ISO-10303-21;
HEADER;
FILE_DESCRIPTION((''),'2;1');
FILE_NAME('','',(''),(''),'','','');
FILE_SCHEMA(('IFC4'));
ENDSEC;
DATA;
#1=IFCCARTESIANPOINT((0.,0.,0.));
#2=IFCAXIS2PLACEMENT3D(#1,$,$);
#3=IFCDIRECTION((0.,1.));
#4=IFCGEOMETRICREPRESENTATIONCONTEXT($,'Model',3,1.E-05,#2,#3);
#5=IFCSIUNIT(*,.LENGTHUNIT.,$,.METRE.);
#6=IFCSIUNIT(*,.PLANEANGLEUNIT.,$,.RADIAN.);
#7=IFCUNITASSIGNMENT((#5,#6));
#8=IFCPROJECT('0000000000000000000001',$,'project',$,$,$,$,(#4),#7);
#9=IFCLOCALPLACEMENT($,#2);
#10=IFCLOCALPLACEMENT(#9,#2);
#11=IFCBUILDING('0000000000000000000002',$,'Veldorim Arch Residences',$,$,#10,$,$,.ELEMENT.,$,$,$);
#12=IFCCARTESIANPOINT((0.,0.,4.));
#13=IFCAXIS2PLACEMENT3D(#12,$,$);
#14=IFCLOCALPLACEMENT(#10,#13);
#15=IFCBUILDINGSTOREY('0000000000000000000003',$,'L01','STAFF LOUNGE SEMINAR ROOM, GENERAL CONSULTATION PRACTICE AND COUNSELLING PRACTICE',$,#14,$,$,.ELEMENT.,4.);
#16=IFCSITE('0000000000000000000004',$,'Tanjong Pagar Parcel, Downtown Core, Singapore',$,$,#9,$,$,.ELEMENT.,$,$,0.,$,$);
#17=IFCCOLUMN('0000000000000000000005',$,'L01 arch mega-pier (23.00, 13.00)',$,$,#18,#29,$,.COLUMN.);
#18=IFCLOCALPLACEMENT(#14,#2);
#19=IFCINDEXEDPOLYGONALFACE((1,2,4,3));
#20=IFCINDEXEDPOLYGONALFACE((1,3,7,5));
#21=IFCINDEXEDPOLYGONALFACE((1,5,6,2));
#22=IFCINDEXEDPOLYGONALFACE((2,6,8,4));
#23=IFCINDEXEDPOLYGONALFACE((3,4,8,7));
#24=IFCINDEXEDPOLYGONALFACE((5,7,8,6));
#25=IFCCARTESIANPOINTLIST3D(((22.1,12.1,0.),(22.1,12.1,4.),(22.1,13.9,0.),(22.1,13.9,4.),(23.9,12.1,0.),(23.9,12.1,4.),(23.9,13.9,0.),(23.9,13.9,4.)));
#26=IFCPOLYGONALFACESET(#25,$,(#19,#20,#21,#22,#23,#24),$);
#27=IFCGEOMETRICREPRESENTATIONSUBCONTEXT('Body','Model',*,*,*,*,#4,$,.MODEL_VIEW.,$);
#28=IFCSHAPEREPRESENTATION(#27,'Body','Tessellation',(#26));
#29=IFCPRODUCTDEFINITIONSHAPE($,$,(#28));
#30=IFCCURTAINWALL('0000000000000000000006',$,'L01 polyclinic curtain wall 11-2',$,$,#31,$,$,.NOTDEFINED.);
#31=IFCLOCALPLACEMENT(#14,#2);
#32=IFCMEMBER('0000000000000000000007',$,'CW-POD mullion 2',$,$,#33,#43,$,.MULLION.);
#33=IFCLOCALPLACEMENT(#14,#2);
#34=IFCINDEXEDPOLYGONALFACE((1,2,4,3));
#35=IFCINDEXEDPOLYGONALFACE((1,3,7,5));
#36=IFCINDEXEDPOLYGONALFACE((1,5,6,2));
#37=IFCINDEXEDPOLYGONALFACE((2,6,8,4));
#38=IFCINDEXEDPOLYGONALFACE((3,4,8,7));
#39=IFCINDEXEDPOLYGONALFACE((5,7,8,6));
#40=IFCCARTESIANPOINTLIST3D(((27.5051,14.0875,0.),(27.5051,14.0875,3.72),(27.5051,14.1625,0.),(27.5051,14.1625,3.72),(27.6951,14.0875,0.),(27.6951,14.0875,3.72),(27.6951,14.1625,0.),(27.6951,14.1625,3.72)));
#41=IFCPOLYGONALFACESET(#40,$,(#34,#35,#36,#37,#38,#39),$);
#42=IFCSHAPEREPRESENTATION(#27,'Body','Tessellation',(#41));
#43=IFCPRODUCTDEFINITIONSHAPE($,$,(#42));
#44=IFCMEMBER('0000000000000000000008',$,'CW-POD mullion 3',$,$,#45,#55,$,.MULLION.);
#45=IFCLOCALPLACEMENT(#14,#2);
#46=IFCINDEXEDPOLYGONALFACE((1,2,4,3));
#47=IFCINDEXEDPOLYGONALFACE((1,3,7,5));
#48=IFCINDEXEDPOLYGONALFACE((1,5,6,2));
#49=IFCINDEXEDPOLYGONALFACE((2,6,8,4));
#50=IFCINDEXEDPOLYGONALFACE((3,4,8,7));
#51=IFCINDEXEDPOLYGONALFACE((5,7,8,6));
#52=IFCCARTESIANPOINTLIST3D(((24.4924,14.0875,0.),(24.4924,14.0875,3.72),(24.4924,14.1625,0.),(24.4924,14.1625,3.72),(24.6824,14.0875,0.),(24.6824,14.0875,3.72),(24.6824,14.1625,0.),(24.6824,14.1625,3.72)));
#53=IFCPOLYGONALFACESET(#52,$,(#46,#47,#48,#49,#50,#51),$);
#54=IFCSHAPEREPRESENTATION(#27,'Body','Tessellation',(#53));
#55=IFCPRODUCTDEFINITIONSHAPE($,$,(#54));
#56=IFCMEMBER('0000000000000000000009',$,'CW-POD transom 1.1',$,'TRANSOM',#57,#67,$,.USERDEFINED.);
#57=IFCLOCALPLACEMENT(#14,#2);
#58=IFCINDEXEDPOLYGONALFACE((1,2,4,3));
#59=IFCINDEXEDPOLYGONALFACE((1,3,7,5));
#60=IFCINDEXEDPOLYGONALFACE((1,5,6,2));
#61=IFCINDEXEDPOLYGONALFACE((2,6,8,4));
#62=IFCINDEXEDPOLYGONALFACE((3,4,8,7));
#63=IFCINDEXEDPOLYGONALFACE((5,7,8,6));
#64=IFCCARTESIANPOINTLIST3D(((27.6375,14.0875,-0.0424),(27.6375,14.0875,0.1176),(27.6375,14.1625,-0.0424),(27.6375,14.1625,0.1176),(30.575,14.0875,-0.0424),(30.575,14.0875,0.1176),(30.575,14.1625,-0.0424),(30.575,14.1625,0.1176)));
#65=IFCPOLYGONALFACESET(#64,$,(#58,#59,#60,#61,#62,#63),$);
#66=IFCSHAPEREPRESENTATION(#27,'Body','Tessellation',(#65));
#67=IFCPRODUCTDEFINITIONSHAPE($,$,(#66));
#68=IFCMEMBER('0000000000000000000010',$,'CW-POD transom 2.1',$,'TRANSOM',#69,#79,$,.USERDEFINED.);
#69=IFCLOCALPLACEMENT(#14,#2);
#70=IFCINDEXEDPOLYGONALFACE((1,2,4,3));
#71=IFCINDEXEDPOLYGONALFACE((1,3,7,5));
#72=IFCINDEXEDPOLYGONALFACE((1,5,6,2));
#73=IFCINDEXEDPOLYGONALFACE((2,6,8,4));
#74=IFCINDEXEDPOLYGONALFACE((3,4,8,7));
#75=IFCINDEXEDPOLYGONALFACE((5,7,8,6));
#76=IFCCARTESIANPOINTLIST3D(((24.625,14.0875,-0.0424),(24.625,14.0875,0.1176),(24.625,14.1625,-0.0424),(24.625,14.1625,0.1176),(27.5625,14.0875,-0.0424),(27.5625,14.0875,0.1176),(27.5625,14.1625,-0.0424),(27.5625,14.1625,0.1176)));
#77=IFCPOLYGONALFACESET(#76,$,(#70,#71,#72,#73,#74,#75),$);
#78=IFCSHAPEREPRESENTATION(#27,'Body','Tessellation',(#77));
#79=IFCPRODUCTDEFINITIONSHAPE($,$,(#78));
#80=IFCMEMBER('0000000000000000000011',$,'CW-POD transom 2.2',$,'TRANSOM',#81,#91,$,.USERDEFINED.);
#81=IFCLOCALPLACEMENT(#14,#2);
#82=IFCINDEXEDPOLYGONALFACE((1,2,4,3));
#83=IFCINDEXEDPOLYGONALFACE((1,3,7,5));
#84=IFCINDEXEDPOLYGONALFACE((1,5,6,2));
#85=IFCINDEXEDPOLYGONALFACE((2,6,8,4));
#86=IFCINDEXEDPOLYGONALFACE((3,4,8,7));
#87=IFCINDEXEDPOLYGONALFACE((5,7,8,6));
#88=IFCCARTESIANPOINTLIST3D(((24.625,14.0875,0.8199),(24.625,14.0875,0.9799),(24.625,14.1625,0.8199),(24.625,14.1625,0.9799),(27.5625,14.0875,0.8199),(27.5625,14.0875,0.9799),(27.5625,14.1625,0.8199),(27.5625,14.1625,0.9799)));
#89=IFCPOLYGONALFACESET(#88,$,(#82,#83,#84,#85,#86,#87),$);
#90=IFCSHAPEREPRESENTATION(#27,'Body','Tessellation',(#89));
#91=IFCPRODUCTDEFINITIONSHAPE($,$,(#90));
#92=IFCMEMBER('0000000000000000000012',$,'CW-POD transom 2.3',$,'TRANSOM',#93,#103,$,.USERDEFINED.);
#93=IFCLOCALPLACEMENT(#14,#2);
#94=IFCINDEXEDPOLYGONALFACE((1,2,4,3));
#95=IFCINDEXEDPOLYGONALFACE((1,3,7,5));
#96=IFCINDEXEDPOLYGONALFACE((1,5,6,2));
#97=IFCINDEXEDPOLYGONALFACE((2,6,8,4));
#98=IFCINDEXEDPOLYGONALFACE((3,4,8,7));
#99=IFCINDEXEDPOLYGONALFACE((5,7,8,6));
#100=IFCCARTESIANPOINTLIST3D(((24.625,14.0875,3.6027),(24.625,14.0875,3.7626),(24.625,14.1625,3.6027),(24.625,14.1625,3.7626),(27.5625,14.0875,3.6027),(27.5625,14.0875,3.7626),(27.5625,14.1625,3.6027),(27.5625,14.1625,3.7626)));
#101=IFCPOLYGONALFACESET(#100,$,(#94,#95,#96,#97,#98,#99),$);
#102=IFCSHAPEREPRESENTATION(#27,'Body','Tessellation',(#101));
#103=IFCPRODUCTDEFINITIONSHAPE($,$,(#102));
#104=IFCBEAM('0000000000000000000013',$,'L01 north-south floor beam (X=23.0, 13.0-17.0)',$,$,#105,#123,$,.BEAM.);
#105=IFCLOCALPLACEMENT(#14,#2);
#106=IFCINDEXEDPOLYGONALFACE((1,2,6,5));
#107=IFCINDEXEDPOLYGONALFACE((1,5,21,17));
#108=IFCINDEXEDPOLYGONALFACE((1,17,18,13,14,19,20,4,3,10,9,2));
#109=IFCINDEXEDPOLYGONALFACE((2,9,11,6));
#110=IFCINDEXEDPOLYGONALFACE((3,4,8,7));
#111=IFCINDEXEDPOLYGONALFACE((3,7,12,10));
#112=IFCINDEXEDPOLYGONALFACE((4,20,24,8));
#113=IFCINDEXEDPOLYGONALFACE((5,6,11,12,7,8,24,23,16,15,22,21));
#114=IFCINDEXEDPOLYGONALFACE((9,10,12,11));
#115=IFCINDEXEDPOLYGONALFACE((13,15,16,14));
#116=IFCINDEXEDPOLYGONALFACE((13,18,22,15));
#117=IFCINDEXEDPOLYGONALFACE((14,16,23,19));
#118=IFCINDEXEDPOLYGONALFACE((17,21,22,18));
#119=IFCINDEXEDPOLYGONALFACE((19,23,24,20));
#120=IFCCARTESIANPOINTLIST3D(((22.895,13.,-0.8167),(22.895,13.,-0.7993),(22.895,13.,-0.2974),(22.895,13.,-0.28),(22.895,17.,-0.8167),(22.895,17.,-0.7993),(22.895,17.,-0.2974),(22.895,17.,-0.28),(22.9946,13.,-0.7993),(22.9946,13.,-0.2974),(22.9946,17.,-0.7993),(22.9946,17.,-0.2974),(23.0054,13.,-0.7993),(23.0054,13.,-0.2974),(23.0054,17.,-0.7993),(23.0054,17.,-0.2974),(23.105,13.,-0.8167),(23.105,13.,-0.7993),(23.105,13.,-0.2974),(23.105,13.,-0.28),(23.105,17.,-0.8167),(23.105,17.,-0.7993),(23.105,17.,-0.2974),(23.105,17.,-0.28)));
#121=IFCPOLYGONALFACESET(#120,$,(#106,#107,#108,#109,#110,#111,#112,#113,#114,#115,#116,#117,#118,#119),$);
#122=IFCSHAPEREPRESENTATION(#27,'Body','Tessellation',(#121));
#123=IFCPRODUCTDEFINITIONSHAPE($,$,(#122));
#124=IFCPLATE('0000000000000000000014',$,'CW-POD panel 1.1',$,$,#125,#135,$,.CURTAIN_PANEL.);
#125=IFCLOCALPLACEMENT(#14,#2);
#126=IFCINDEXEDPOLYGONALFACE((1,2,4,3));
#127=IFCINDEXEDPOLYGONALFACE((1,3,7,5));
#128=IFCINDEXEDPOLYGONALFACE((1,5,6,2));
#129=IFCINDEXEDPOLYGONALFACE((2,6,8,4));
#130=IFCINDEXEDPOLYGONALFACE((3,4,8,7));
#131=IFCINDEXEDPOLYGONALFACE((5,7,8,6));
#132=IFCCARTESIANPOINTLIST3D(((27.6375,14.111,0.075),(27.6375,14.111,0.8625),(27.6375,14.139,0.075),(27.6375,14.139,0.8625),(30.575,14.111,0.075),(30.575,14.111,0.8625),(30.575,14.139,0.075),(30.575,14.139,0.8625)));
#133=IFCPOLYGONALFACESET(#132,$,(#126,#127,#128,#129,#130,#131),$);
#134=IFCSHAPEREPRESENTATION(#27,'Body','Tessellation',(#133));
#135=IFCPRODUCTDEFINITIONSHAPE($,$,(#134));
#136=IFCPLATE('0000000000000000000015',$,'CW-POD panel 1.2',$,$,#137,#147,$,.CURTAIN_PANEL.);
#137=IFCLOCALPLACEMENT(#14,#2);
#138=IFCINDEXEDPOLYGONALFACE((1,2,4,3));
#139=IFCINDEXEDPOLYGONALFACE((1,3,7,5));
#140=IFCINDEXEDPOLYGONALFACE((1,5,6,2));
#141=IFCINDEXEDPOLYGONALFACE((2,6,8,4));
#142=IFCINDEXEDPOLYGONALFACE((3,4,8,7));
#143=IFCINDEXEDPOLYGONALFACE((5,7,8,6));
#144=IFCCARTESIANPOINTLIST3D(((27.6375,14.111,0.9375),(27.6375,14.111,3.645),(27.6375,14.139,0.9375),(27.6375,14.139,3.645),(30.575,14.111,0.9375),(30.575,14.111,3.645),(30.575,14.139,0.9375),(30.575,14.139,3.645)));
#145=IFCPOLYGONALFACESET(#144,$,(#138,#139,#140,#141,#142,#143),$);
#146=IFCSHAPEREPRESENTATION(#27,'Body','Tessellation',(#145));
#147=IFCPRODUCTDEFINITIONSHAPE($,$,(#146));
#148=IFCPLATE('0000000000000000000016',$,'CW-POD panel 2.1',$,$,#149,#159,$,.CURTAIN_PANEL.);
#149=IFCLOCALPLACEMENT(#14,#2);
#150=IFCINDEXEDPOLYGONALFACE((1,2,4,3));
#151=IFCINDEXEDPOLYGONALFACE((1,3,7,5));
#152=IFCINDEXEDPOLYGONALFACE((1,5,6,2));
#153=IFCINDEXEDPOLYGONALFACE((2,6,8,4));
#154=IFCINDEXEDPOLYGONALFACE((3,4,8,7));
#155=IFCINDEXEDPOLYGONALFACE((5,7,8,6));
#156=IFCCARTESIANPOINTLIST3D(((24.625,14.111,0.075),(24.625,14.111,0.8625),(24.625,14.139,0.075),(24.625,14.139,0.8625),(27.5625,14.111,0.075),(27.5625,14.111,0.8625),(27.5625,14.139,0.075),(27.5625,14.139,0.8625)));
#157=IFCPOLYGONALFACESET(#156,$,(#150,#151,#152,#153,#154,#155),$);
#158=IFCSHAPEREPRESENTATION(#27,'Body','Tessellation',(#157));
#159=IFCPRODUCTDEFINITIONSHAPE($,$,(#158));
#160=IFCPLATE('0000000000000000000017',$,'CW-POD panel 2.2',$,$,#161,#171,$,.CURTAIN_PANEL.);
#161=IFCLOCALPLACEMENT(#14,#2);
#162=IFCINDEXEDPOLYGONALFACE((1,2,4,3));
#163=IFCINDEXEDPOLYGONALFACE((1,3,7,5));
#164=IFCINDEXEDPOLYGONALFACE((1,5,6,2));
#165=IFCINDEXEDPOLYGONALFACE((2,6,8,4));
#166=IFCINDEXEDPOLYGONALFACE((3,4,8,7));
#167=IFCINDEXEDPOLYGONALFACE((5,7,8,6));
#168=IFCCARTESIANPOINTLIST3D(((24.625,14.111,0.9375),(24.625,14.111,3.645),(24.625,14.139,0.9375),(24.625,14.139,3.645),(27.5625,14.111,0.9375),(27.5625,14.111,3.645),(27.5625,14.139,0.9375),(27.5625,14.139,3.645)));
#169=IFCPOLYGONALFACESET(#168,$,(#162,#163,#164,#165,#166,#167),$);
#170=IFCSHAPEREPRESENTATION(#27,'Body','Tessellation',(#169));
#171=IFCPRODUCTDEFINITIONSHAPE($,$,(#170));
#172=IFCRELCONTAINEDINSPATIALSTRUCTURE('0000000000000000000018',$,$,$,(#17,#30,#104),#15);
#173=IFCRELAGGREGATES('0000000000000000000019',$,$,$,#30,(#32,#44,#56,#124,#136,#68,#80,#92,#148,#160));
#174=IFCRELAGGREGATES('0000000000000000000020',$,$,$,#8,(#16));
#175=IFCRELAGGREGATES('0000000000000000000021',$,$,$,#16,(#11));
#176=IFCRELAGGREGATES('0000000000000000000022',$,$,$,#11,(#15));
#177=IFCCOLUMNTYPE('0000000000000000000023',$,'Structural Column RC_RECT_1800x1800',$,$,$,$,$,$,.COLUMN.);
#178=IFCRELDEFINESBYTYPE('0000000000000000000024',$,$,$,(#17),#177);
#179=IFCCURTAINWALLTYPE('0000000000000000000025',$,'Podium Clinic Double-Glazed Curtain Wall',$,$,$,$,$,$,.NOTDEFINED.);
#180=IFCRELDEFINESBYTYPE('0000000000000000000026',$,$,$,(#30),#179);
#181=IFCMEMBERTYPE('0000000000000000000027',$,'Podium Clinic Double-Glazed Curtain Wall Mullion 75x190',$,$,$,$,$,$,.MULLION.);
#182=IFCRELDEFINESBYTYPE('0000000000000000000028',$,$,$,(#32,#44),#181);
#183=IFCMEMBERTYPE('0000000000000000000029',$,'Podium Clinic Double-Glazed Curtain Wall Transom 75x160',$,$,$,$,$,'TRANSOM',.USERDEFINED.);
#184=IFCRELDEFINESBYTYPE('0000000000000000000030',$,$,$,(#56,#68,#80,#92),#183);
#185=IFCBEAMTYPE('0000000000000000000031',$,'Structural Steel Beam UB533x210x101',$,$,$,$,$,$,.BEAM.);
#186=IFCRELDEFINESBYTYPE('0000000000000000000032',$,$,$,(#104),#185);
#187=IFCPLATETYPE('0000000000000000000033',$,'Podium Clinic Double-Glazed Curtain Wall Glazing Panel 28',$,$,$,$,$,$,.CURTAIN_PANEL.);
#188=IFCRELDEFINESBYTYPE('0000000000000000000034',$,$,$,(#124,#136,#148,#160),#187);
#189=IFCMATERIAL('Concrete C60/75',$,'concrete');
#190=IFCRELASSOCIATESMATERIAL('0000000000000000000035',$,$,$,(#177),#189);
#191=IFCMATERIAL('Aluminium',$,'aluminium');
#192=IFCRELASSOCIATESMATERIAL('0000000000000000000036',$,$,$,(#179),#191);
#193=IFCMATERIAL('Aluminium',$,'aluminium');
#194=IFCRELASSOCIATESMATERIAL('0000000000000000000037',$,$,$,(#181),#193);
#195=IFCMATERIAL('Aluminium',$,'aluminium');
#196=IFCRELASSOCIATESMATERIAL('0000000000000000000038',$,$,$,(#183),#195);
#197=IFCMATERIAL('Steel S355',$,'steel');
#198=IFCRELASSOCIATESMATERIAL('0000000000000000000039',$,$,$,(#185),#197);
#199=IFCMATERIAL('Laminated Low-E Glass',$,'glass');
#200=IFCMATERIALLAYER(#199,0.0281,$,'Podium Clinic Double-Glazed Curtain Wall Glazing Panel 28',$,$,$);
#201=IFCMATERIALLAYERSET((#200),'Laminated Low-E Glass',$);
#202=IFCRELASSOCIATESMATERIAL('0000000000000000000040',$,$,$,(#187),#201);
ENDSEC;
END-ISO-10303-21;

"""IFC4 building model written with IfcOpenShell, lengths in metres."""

from ifc_helpers import new_model, si_unit, direction, frame, origin, origin_2d, place, context, subcontext, project, spatial, rectangle, i_section, extrude, material, layer, layer_set, material_profile, profile_set, type_object, element, aggregate, save


model = new_model("IFC4")

# Units and contexts
model_context = context("Model", 3, precision=1e-05, world=origin(), true_north=direction((0.0, 1.0)))
body_context = subcontext(model_context, "Body", "Model", "MODEL_VIEW")
ifc_project = project(units=[si_unit("LENGTHUNIT", "METRE"), si_unit("PLANEANGLEUNIT", "RADIAN")], contexts=[model_context])

# Site, building, storey
site_placement = place(None, origin())
site = spatial("IfcSite", under=ifc_project, at=site_placement, Name="Tanjong Pagar Parcel, Downtown Core, Singapore", CompositionType="ELEMENT", RefElevation=0.0)
building_placement = place(site_placement, origin())
building = spatial("IfcBuilding", under=site, at=building_placement, Name="Veldorim Arch Residences", CompositionType="ELEMENT")
storey_placement = place(building_placement, frame((0.0, 0.0, 4.0)))
storey = spatial("IfcBuildingStorey", under=building, at=storey_placement, Name="L01", Description="STAFF LOUNGE SEMINAR ROOM, GENERAL CONSULTATION PRACTICE AND COUNSELLING PRACTICE", CompositionType="ELEMENT", Elevation=4.0)

# Column
ifc_material_1 = material(Name="Concrete C60/75", Category="concrete")
ifc_material_profile_1 = material_profile(ifc_material_1, rectangle(XDim=1.8, YDim=1.8, at=origin_2d()), Name="RC_RECT_1800x1800")
ifc_profile_set_1 = profile_set([ifc_material_profile_1], Name="Concrete C60/75")
column_type = type_object("IfcColumnType", Name="Structural Column RC_RECT_1800x1800", PredefinedType="COLUMN", material=ifc_profile_set_1)
column_placement = place(storey_placement, frame((23.0, 13.0, 0.0), z_axis=(0.0, 0.0, 1.0), x_axis=(1.0, 0.0, 0.0)))
element("IfcColumn", 1, at=column_placement, inside=storey, type_object=column_type, Name="L01 arch mega-pier (23.00, 13.00)", PredefinedType="COLUMN", context=body_context, shape_type="SweptSolid", body=[
    extrude(rectangle(XDim=1.8, YDim=1.8, at=origin_2d()), origin(), (0.0, 0.0, 1.0), 4.0),
])

# Curtain wall, members
ifc_material_2 = material(Name="Aluminium", Category="aluminium")
curtain_wall_type = type_object("IfcCurtainWallType", Name="Podium Clinic Double-Glazed Curtain Wall", PredefinedType="NOTDEFINED", material=ifc_material_2)
curtain_wall_placement = place(storey_placement, origin())
curtain_wall = element("IfcCurtainWall", 2, at=curtain_wall_placement, inside=storey, type_object=curtain_wall_type, Name="L01 polyclinic curtain wall 11-2", PredefinedType="NOTDEFINED")
ifc_material_3 = material(Name="Aluminium", Category="aluminium")
ifc_material_profile_2 = material_profile(ifc_material_3, rectangle(XDim=0.075, YDim=0.1899, at=origin_2d()), Name="ALU_MUL_75x190")
ifc_profile_set_2 = profile_set([ifc_material_profile_2], Name="Aluminium")
member_type_1 = type_object("IfcMemberType", Name="Podium Clinic Double-Glazed Curtain Wall Mullion 75x190", PredefinedType="MULLION", material=ifc_profile_set_2)
member_1_placement = place(storey_placement, frame((27.6001, 14.125, 0.0), z_axis=(0.0, 0.0, 1.0), x_axis=(0.0, -1.0, 0.0)))
member_1 = element("IfcMember", 3, at=member_1_placement, type_object=member_type_1, Name="CW-POD mullion 2", PredefinedType="MULLION", context=body_context, shape_type="SweptSolid", body=[
    extrude(rectangle(XDim=0.075, YDim=0.1899, at=origin_2d()), origin(), (0.0, 0.0, 1.0), 3.72),
])
member_2_placement = place(storey_placement, frame((24.5874, 14.125, 0.0), z_axis=(0.0, 0.0, 1.0), x_axis=(0.0, -1.0, 0.0)))
member_2 = element("IfcMember", 4, at=member_2_placement, type_object=member_type_1, Name="CW-POD mullion 3", PredefinedType="MULLION", context=body_context, shape_type="SweptSolid", body=[
    extrude(rectangle(XDim=0.075, YDim=0.1899, at=origin_2d()), origin(), (0.0, 0.0, 1.0), 3.72),
])
ifc_material_4 = material(Name="Aluminium", Category="aluminium")
ifc_material_profile_3 = material_profile(ifc_material_4, rectangle(XDim=0.075, YDim=0.1599, at=origin_2d()), Name="ALU_TRN_75x160")
ifc_profile_set_3 = profile_set([ifc_material_profile_3], Name="Aluminium")
member_type_2 = type_object("IfcMemberType", Name="Podium Clinic Double-Glazed Curtain Wall Transom 75x160", ElementType="TRANSOM", PredefinedType="USERDEFINED", material=ifc_profile_set_3)
member_3_placement = place(storey_placement, frame((30.575, 14.125, 0.0376), z_axis=(-1.0, 0.0, 0.0), x_axis=(0.0, -1.0, 0.0)))
member_3 = element("IfcMember", 5, at=member_3_placement, type_object=member_type_2, Name="CW-POD transom 1.1", ObjectType="TRANSOM", PredefinedType="USERDEFINED", context=body_context, shape_type="SweptSolid", body=[
    extrude(rectangle(XDim=0.075, YDim=0.1599, at=origin_2d()), origin(), (0.0, 0.0, 1.0), 2.9375),
])
member_4_placement = place(storey_placement, frame((27.5625, 14.125, 0.0376), z_axis=(-1.0, 0.0, 0.0), x_axis=(0.0, -1.0, 0.0)))
member_4 = element("IfcMember", 6, at=member_4_placement, type_object=member_type_2, Name="CW-POD transom 2.1", ObjectType="TRANSOM", PredefinedType="USERDEFINED", context=body_context, shape_type="SweptSolid", body=[
    extrude(rectangle(XDim=0.075, YDim=0.1599, at=origin_2d()), origin(), (0.0, 0.0, 1.0), 2.9375),
])
member_5_placement = place(storey_placement, frame((27.5625, 14.125, 0.8999), z_axis=(-1.0, 0.0, 0.0), x_axis=(0.0, -1.0, 0.0)))
member_5 = element("IfcMember", 7, at=member_5_placement, type_object=member_type_2, Name="CW-POD transom 2.2", ObjectType="TRANSOM", PredefinedType="USERDEFINED", context=body_context, shape_type="SweptSolid", body=[
    extrude(rectangle(XDim=0.075, YDim=0.1599, at=origin_2d()), origin(), (0.0, 0.0, 1.0), 2.9375),
])
member_6_placement = place(storey_placement, frame((27.5625, 14.125, 3.6826), z_axis=(-1.0, 0.0, 0.0), x_axis=(0.0, -1.0, 0.0)))
member_6 = element("IfcMember", 8, at=member_6_placement, type_object=member_type_2, Name="CW-POD transom 2.3", ObjectType="TRANSOM", PredefinedType="USERDEFINED", context=body_context, shape_type="SweptSolid", body=[
    extrude(rectangle(XDim=0.075, YDim=0.1599, at=origin_2d()), origin(), (0.0, 0.0, 1.0), 2.9375),
])

# Beam
ifc_material_5 = material(Name="Steel S355", Category="steel")
ifc_material_profile_4 = material_profile(ifc_material_5, i_section(OverallWidth=0.21, OverallDepth=0.5366, WebThickness=0.0107, FlangeThickness=0.0173, at=origin_2d()), Name="UB533x210x101")
ifc_profile_set_4 = profile_set([ifc_material_profile_4], Name="Steel S355")
beam_type = type_object("IfcBeamType", Name="Structural Steel Beam UB533x210x101", PredefinedType="BEAM", material=ifc_profile_set_4)
beam_placement = place(storey_placement, frame((23.0, 13.0, -0.5483), z_axis=(0.0, 1.0, 0.0), x_axis=(-1.0, 0.0, 0.0)))
element("IfcBeam", 9, at=beam_placement, inside=storey, type_object=beam_type, Name="L01 north-south floor beam (X=23.0, 13.0-17.0)", PredefinedType="BEAM", context=body_context, shape_type="SweptSolid", body=[
    extrude(i_section(OverallWidth=0.21, OverallDepth=0.5366, WebThickness=0.0107, FlangeThickness=0.0173, at=origin_2d()), origin(), (0.0, 0.0, 1.0), 4.0),
])

# Plates
ifc_material_6 = material(Name="Laminated Low-E Glass", Category="glass")
ifc_layer_1 = layer(ifc_material_6, 0.0281, Name="Podium Clinic Double-Glazed Curtain Wall Glazing Panel 28")
ifc_layer_set_1 = layer_set([ifc_layer_1], Name="Laminated Low-E Glass")
plate_type = type_object("IfcPlateType", Name="Podium Clinic Double-Glazed Curtain Wall Glazing Panel 28", PredefinedType="CURTAIN_PANEL", material=ifc_layer_set_1)
plate_1_placement = place(storey_placement, frame((29.1062, 14.125, 0.075), z_axis=(0.0, 0.0, 1.0), x_axis=(-1.0, 0.0, 0.0)))
plate_1 = element("IfcPlate", 10, at=plate_1_placement, type_object=plate_type, Name="CW-POD panel 1.1", PredefinedType="CURTAIN_PANEL", context=body_context, shape_type="SweptSolid", body=[
    extrude(rectangle(XDim=2.9375, YDim=0.0281, at=origin_2d()), origin(), (0.0, 0.0, 1.0), 0.7876),
])
plate_2_placement = place(storey_placement, frame((29.1062, 14.125, 0.9375), z_axis=(0.0, 0.0, 1.0), x_axis=(-1.0, 0.0, 0.0)))
plate_2 = element("IfcPlate", 11, at=plate_2_placement, type_object=plate_type, Name="CW-POD panel 1.2", PredefinedType="CURTAIN_PANEL", context=body_context, shape_type="SweptSolid", body=[
    extrude(rectangle(XDim=2.9375, YDim=0.0281, at=origin_2d()), origin(), (0.0, 0.0, 1.0), 2.7075),
])
plate_3_placement = place(storey_placement, frame((26.0938, 14.125, 0.075), z_axis=(0.0, 0.0, 1.0), x_axis=(-1.0, 0.0, 0.0)))
plate_3 = element("IfcPlate", 12, at=plate_3_placement, type_object=plate_type, Name="CW-POD panel 2.1", PredefinedType="CURTAIN_PANEL", context=body_context, shape_type="SweptSolid", body=[
    extrude(rectangle(XDim=2.9375, YDim=0.0281, at=origin_2d()), origin(), (0.0, 0.0, 1.0), 0.7876),
])
plate_4_placement = place(storey_placement, frame((26.0938, 14.125, 0.9375), z_axis=(0.0, 0.0, 1.0), x_axis=(-1.0, 0.0, 0.0)))
plate_4 = element("IfcPlate", 13, at=plate_4_placement, type_object=plate_type, Name="CW-POD panel 2.2", PredefinedType="CURTAIN_PANEL", context=body_context, shape_type="SweptSolid", body=[
    extrude(rectangle(XDim=2.9375, YDim=0.0281, at=origin_2d()), origin(), (0.0, 0.0, 1.0), 2.7075),
])
aggregate(curtain_wall, [member_1, member_2, member_3, plate_1, plate_2, member_4, member_5, member_6, plate_3, plate_4])

save(model, "model.ifc")
